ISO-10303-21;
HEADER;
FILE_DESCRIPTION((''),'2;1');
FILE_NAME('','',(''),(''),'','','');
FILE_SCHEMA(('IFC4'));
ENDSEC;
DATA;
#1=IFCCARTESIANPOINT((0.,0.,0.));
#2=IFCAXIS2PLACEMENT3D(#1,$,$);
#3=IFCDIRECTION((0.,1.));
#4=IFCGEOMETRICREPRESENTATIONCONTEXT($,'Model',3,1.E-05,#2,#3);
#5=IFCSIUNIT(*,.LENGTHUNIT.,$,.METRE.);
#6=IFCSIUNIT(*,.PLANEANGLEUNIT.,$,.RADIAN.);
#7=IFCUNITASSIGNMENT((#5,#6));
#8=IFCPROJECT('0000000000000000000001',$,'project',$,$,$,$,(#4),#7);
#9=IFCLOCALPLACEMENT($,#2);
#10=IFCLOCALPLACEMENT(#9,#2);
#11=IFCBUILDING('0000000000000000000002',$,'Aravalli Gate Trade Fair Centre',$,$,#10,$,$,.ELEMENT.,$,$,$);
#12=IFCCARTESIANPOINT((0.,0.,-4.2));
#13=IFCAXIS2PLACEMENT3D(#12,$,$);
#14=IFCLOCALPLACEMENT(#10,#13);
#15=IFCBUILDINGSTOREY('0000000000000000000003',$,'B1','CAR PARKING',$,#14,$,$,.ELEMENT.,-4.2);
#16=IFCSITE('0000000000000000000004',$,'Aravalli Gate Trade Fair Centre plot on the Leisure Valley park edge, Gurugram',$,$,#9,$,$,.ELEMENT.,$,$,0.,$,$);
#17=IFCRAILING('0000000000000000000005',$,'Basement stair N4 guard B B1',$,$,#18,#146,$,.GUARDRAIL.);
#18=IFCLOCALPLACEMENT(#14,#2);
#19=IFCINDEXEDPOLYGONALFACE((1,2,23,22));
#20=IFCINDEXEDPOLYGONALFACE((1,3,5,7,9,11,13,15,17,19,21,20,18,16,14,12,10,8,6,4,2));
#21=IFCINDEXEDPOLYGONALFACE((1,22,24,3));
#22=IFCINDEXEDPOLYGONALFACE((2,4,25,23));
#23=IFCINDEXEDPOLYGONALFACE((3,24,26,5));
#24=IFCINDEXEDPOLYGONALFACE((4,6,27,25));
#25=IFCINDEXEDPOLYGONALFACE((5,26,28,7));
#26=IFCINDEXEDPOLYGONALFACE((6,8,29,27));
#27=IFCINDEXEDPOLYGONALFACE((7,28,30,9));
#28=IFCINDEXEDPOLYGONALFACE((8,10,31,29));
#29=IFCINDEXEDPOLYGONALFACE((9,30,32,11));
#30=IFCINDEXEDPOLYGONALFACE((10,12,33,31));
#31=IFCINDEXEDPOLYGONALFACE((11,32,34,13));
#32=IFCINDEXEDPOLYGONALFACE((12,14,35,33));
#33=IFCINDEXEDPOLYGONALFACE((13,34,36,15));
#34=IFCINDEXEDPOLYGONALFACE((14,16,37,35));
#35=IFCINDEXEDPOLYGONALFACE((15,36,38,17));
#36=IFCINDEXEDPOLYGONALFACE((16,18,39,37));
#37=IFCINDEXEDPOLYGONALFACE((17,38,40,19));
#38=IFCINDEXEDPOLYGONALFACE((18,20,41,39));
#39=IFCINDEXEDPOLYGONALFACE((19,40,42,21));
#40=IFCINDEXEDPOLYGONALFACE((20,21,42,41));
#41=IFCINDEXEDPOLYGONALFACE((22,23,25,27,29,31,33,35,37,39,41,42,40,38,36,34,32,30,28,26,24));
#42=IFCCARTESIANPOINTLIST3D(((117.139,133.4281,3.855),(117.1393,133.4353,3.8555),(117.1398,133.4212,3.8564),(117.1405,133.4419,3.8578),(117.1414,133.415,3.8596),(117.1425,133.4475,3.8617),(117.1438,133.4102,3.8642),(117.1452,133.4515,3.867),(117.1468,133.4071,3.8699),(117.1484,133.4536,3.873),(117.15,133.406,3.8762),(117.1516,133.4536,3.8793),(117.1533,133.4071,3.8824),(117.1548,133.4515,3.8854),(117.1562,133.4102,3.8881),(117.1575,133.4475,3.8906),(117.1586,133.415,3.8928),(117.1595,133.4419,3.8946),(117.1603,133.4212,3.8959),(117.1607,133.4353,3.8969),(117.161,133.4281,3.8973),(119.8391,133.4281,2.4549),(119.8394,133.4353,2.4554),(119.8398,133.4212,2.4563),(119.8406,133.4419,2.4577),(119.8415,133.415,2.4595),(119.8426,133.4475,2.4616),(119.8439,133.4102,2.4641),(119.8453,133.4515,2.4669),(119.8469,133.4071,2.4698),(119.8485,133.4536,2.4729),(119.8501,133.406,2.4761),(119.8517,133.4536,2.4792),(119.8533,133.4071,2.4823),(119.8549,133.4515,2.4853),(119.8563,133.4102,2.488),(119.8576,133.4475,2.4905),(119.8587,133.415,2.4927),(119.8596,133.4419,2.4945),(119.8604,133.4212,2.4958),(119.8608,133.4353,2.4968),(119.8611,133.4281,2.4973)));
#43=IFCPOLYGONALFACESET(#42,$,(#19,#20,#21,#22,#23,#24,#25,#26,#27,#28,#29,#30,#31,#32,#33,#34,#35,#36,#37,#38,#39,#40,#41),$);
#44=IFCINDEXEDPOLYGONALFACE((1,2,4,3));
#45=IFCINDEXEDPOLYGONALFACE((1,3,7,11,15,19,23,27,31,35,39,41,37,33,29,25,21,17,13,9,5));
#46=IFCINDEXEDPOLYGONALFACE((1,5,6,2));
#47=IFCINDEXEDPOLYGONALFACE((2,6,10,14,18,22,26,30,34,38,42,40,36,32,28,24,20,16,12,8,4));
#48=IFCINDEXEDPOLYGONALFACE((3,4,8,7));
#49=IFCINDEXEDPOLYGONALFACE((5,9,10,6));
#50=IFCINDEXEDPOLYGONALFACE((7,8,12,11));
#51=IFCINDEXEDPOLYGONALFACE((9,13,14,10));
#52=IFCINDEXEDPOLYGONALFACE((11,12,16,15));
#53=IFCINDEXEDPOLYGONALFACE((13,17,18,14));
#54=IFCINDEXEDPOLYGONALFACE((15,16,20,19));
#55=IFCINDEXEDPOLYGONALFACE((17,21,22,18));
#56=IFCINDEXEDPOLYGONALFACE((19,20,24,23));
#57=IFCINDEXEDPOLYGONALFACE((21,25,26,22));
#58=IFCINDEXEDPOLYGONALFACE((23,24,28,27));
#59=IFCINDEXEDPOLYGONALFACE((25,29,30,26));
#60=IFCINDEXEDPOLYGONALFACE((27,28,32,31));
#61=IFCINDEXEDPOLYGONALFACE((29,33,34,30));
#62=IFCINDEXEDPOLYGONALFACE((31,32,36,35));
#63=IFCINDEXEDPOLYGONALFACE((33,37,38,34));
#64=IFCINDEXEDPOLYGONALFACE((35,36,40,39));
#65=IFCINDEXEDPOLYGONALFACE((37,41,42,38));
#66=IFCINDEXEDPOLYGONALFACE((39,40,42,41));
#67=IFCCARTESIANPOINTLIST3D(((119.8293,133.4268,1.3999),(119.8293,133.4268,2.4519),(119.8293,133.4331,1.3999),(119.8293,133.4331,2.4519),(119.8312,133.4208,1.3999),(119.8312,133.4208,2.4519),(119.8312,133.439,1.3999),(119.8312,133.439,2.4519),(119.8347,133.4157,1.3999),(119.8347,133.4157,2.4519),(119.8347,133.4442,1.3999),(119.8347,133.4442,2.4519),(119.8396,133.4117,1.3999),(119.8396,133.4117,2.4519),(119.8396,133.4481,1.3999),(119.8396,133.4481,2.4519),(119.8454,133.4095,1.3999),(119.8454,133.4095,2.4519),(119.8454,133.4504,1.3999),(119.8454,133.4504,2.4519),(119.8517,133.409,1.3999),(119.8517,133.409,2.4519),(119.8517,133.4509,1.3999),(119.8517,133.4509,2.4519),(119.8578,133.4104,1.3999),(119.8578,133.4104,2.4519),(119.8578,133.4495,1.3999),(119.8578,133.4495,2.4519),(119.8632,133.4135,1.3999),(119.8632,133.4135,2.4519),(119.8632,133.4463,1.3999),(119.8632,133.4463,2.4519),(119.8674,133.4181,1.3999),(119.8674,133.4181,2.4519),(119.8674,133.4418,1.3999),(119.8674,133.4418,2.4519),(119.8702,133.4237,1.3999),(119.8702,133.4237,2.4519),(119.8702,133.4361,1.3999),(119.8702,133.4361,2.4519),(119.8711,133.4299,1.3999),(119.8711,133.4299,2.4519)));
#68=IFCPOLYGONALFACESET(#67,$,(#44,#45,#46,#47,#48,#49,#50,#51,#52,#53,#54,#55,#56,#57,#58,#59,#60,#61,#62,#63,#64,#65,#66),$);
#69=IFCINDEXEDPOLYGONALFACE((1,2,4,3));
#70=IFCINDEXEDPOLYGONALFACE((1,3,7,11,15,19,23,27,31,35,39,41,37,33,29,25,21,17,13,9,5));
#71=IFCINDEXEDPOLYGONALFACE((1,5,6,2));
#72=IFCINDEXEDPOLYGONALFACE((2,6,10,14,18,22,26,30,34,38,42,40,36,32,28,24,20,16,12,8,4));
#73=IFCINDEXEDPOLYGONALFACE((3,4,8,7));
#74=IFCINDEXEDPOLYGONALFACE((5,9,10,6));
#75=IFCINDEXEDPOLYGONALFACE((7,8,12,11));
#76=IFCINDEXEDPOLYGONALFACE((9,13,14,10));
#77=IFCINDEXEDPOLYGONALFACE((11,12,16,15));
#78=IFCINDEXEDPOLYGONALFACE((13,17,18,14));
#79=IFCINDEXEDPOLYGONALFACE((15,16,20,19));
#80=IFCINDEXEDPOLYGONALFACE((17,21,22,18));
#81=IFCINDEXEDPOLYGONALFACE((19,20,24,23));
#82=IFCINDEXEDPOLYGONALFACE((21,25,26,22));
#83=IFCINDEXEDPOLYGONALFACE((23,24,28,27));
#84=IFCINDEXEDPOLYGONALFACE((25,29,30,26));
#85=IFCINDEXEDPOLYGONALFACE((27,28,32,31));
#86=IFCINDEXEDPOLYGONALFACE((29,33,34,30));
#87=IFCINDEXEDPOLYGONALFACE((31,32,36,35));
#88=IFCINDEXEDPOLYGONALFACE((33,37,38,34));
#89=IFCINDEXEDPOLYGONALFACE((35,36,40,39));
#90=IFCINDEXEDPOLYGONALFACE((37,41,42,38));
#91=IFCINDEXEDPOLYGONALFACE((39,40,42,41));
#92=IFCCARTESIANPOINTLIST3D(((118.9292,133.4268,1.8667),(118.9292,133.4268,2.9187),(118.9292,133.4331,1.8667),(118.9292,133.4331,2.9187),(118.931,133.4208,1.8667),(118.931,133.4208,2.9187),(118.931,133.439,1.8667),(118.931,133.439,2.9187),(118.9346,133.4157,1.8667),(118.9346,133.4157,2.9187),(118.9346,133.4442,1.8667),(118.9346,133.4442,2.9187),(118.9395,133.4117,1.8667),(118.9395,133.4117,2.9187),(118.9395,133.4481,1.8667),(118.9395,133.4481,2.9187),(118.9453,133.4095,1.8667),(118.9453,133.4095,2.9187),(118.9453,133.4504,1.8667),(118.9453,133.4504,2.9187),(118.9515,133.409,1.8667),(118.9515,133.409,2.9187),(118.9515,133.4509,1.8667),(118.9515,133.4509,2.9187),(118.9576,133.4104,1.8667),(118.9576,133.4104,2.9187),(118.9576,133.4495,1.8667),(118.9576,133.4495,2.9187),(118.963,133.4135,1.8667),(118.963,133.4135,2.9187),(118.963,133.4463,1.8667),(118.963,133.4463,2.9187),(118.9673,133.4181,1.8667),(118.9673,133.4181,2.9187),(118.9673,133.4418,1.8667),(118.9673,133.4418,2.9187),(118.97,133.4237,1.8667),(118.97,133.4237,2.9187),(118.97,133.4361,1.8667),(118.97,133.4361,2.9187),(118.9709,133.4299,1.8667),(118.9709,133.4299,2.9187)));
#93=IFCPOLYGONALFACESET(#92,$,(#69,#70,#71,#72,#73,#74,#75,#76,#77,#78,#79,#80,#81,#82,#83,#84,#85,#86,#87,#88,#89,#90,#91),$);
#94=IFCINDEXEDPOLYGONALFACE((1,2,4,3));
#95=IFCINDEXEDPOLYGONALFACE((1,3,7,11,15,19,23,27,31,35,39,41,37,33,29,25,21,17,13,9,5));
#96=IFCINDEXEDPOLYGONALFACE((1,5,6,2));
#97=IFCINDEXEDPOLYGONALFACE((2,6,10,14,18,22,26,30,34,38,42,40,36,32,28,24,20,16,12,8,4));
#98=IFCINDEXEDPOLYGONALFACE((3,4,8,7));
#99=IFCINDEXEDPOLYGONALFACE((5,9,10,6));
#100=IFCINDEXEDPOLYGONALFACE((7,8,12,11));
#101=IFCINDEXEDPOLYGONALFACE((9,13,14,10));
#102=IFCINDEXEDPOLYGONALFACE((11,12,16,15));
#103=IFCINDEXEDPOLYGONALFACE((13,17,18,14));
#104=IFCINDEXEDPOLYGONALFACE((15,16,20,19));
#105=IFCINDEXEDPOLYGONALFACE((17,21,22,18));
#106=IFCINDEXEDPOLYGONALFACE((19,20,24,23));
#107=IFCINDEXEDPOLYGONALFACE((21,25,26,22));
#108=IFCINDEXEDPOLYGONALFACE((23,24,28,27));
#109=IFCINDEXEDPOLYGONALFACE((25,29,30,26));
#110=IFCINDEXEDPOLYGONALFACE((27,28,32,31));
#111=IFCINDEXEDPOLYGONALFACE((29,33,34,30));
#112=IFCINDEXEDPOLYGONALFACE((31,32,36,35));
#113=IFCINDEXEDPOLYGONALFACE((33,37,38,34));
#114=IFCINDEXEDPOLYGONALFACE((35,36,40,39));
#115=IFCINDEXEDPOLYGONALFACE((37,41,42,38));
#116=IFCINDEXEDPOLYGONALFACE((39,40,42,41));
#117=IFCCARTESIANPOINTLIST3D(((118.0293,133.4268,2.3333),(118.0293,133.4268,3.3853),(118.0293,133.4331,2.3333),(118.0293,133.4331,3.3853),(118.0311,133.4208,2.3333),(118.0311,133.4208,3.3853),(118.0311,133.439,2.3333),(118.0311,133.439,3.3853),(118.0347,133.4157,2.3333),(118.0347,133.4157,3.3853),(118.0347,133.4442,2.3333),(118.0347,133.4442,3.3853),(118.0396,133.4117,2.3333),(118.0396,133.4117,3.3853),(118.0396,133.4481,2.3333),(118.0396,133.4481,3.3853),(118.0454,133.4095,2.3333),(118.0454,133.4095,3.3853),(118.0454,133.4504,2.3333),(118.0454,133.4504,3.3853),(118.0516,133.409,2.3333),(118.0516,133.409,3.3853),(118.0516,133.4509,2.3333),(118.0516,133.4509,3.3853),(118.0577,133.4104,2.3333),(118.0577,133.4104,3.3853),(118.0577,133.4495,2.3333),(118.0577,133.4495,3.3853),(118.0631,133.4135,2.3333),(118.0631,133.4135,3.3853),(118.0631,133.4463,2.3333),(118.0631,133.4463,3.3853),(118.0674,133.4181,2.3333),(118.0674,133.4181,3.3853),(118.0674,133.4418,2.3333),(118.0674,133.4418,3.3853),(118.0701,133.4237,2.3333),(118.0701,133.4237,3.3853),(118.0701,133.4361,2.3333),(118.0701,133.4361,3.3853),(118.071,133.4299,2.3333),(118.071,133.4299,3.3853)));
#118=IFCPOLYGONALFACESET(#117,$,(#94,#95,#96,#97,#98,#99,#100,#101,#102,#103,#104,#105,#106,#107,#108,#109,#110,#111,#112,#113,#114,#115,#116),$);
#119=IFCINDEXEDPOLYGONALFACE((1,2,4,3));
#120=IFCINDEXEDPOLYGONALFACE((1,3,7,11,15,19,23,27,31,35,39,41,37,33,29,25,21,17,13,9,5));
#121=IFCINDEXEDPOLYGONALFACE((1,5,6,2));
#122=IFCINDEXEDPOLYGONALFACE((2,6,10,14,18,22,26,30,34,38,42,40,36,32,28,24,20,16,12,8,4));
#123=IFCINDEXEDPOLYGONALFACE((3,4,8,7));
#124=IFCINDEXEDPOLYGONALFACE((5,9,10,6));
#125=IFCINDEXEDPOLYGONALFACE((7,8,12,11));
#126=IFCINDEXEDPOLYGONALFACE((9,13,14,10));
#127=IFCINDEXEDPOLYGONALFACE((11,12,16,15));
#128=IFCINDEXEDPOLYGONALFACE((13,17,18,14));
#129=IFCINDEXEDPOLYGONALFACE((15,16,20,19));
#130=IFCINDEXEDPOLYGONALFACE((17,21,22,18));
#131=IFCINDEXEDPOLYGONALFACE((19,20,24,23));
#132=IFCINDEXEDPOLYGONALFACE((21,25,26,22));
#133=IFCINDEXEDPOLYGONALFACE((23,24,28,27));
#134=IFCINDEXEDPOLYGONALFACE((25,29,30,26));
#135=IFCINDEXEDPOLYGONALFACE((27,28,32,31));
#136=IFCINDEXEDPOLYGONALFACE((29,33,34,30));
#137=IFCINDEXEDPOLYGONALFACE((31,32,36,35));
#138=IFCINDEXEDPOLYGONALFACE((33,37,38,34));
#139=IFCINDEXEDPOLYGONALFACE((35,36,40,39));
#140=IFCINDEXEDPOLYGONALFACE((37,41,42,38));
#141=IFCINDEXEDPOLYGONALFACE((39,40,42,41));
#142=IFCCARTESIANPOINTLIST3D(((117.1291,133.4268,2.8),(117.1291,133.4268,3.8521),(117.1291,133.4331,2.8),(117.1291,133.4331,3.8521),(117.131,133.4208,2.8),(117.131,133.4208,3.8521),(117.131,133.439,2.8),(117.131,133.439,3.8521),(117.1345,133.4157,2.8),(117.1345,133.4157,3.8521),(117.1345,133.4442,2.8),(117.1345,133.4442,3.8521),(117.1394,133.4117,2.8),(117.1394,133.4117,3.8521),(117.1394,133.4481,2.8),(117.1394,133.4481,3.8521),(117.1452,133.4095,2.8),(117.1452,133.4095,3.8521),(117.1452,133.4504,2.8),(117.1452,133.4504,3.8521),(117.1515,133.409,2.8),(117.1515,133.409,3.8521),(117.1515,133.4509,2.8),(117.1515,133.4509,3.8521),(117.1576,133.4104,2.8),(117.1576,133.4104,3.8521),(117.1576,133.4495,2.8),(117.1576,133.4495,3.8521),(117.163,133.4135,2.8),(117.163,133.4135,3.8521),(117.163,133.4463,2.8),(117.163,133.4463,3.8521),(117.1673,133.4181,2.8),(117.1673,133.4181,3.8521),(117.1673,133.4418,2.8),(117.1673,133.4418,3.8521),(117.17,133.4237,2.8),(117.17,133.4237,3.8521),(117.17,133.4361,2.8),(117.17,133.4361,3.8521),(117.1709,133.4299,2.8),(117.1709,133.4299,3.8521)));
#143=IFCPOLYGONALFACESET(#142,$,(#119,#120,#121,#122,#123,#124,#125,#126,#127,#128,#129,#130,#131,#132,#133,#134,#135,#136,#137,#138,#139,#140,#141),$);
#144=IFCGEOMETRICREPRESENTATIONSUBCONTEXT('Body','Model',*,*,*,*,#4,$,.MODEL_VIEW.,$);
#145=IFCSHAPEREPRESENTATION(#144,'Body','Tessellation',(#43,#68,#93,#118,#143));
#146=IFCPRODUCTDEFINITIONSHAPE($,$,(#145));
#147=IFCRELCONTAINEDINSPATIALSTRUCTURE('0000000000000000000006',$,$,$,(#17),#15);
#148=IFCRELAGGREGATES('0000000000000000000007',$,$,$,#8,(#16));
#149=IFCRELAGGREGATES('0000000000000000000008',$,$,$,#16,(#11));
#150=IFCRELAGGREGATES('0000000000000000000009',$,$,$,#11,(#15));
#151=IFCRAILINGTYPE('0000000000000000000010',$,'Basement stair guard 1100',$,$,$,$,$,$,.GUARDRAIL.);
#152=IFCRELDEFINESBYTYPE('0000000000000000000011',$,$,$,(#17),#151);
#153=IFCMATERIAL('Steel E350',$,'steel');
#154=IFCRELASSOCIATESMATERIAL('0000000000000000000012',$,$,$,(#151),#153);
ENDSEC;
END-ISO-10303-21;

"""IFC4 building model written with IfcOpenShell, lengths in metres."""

from ifc_helpers import new_model, si_unit, direction, frame, origin, origin_2d, place, context, subcontext, project, spatial, circle, extrude, material, type_object, element, save


model = new_model("IFC4")

# Units and contexts
model_context = context("Model", 3, precision=1e-05, world=origin(), true_north=direction((0.0, 1.0)))
body_context = subcontext(model_context, "Body", "Model", "MODEL_VIEW")
ifc_project = project(units=[si_unit("LENGTHUNIT", "METRE"), si_unit("PLANEANGLEUNIT", "RADIAN")], contexts=[model_context])

# Site, building, storey
site_placement = place(None, origin())
site = spatial("IfcSite", under=ifc_project, at=site_placement, Name="Aravalli Gate Trade Fair Centre plot on the Leisure Valley park edge, Gurugram", CompositionType="ELEMENT", RefElevation=0.0)
building_placement = place(site_placement, origin())
building = spatial("IfcBuilding", under=site, at=building_placement, Name="Aravalli Gate Trade Fair Centre", CompositionType="ELEMENT")
storey_placement = place(building_placement, frame((0.0, 0.0, -4.2)))
storey = spatial("IfcBuildingStorey", under=building, at=storey_placement, Name="B1", Description="CAR PARKING", CompositionType="ELEMENT", Elevation=-4.2)

# Railing
ifc_material_1 = material(Name="Steel E350", Category="steel")
railing_type_1 = type_object("IfcRailingType", Name="Basement stair guard 1100", PredefinedType="GUARDRAIL", material=ifc_material_1)
railing_1_placement = place(storey_placement, frame((119.8501, 133.4299, 1.3999)))
element("IfcRailing", 1, at=railing_1_placement, inside=storey, type_object=railing_type_1, Name="Basement stair N4 guard B B1", PredefinedType="GUARDRAIL", context=body_context, shape_type="SweptSolid", body=[
    extrude(circle(Radius=0.0239, at=origin_2d()), frame((0.0, 0.0, 1.0762), z_axis=(-0.887748, 0.0, 0.460329), x_axis=(0.0, -1.0, 0.0)), (0.0, 0.0, 1.0), 3.0415),
    extrude(circle(Radius=0.021, at=origin_2d()), origin(), (0.0, 0.0, 1.0), 1.052),
    extrude(circle(Radius=0.021, at=origin_2d()), frame((-0.9001, 0.0, 0.4668)), (0.0, 0.0, 1.0), 1.052),
    extrude(circle(Radius=0.021, at=origin_2d()), frame((-1.8, 0.0, 0.9333)), (0.0, 0.0, 1.0), 1.052),
    extrude(circle(Radius=0.021, at=origin_2d()), frame((-2.7002, 0.0, 1.4001)), (0.0, 0.0, 1.0), 1.052),
])

save(model, "model.ifc")
